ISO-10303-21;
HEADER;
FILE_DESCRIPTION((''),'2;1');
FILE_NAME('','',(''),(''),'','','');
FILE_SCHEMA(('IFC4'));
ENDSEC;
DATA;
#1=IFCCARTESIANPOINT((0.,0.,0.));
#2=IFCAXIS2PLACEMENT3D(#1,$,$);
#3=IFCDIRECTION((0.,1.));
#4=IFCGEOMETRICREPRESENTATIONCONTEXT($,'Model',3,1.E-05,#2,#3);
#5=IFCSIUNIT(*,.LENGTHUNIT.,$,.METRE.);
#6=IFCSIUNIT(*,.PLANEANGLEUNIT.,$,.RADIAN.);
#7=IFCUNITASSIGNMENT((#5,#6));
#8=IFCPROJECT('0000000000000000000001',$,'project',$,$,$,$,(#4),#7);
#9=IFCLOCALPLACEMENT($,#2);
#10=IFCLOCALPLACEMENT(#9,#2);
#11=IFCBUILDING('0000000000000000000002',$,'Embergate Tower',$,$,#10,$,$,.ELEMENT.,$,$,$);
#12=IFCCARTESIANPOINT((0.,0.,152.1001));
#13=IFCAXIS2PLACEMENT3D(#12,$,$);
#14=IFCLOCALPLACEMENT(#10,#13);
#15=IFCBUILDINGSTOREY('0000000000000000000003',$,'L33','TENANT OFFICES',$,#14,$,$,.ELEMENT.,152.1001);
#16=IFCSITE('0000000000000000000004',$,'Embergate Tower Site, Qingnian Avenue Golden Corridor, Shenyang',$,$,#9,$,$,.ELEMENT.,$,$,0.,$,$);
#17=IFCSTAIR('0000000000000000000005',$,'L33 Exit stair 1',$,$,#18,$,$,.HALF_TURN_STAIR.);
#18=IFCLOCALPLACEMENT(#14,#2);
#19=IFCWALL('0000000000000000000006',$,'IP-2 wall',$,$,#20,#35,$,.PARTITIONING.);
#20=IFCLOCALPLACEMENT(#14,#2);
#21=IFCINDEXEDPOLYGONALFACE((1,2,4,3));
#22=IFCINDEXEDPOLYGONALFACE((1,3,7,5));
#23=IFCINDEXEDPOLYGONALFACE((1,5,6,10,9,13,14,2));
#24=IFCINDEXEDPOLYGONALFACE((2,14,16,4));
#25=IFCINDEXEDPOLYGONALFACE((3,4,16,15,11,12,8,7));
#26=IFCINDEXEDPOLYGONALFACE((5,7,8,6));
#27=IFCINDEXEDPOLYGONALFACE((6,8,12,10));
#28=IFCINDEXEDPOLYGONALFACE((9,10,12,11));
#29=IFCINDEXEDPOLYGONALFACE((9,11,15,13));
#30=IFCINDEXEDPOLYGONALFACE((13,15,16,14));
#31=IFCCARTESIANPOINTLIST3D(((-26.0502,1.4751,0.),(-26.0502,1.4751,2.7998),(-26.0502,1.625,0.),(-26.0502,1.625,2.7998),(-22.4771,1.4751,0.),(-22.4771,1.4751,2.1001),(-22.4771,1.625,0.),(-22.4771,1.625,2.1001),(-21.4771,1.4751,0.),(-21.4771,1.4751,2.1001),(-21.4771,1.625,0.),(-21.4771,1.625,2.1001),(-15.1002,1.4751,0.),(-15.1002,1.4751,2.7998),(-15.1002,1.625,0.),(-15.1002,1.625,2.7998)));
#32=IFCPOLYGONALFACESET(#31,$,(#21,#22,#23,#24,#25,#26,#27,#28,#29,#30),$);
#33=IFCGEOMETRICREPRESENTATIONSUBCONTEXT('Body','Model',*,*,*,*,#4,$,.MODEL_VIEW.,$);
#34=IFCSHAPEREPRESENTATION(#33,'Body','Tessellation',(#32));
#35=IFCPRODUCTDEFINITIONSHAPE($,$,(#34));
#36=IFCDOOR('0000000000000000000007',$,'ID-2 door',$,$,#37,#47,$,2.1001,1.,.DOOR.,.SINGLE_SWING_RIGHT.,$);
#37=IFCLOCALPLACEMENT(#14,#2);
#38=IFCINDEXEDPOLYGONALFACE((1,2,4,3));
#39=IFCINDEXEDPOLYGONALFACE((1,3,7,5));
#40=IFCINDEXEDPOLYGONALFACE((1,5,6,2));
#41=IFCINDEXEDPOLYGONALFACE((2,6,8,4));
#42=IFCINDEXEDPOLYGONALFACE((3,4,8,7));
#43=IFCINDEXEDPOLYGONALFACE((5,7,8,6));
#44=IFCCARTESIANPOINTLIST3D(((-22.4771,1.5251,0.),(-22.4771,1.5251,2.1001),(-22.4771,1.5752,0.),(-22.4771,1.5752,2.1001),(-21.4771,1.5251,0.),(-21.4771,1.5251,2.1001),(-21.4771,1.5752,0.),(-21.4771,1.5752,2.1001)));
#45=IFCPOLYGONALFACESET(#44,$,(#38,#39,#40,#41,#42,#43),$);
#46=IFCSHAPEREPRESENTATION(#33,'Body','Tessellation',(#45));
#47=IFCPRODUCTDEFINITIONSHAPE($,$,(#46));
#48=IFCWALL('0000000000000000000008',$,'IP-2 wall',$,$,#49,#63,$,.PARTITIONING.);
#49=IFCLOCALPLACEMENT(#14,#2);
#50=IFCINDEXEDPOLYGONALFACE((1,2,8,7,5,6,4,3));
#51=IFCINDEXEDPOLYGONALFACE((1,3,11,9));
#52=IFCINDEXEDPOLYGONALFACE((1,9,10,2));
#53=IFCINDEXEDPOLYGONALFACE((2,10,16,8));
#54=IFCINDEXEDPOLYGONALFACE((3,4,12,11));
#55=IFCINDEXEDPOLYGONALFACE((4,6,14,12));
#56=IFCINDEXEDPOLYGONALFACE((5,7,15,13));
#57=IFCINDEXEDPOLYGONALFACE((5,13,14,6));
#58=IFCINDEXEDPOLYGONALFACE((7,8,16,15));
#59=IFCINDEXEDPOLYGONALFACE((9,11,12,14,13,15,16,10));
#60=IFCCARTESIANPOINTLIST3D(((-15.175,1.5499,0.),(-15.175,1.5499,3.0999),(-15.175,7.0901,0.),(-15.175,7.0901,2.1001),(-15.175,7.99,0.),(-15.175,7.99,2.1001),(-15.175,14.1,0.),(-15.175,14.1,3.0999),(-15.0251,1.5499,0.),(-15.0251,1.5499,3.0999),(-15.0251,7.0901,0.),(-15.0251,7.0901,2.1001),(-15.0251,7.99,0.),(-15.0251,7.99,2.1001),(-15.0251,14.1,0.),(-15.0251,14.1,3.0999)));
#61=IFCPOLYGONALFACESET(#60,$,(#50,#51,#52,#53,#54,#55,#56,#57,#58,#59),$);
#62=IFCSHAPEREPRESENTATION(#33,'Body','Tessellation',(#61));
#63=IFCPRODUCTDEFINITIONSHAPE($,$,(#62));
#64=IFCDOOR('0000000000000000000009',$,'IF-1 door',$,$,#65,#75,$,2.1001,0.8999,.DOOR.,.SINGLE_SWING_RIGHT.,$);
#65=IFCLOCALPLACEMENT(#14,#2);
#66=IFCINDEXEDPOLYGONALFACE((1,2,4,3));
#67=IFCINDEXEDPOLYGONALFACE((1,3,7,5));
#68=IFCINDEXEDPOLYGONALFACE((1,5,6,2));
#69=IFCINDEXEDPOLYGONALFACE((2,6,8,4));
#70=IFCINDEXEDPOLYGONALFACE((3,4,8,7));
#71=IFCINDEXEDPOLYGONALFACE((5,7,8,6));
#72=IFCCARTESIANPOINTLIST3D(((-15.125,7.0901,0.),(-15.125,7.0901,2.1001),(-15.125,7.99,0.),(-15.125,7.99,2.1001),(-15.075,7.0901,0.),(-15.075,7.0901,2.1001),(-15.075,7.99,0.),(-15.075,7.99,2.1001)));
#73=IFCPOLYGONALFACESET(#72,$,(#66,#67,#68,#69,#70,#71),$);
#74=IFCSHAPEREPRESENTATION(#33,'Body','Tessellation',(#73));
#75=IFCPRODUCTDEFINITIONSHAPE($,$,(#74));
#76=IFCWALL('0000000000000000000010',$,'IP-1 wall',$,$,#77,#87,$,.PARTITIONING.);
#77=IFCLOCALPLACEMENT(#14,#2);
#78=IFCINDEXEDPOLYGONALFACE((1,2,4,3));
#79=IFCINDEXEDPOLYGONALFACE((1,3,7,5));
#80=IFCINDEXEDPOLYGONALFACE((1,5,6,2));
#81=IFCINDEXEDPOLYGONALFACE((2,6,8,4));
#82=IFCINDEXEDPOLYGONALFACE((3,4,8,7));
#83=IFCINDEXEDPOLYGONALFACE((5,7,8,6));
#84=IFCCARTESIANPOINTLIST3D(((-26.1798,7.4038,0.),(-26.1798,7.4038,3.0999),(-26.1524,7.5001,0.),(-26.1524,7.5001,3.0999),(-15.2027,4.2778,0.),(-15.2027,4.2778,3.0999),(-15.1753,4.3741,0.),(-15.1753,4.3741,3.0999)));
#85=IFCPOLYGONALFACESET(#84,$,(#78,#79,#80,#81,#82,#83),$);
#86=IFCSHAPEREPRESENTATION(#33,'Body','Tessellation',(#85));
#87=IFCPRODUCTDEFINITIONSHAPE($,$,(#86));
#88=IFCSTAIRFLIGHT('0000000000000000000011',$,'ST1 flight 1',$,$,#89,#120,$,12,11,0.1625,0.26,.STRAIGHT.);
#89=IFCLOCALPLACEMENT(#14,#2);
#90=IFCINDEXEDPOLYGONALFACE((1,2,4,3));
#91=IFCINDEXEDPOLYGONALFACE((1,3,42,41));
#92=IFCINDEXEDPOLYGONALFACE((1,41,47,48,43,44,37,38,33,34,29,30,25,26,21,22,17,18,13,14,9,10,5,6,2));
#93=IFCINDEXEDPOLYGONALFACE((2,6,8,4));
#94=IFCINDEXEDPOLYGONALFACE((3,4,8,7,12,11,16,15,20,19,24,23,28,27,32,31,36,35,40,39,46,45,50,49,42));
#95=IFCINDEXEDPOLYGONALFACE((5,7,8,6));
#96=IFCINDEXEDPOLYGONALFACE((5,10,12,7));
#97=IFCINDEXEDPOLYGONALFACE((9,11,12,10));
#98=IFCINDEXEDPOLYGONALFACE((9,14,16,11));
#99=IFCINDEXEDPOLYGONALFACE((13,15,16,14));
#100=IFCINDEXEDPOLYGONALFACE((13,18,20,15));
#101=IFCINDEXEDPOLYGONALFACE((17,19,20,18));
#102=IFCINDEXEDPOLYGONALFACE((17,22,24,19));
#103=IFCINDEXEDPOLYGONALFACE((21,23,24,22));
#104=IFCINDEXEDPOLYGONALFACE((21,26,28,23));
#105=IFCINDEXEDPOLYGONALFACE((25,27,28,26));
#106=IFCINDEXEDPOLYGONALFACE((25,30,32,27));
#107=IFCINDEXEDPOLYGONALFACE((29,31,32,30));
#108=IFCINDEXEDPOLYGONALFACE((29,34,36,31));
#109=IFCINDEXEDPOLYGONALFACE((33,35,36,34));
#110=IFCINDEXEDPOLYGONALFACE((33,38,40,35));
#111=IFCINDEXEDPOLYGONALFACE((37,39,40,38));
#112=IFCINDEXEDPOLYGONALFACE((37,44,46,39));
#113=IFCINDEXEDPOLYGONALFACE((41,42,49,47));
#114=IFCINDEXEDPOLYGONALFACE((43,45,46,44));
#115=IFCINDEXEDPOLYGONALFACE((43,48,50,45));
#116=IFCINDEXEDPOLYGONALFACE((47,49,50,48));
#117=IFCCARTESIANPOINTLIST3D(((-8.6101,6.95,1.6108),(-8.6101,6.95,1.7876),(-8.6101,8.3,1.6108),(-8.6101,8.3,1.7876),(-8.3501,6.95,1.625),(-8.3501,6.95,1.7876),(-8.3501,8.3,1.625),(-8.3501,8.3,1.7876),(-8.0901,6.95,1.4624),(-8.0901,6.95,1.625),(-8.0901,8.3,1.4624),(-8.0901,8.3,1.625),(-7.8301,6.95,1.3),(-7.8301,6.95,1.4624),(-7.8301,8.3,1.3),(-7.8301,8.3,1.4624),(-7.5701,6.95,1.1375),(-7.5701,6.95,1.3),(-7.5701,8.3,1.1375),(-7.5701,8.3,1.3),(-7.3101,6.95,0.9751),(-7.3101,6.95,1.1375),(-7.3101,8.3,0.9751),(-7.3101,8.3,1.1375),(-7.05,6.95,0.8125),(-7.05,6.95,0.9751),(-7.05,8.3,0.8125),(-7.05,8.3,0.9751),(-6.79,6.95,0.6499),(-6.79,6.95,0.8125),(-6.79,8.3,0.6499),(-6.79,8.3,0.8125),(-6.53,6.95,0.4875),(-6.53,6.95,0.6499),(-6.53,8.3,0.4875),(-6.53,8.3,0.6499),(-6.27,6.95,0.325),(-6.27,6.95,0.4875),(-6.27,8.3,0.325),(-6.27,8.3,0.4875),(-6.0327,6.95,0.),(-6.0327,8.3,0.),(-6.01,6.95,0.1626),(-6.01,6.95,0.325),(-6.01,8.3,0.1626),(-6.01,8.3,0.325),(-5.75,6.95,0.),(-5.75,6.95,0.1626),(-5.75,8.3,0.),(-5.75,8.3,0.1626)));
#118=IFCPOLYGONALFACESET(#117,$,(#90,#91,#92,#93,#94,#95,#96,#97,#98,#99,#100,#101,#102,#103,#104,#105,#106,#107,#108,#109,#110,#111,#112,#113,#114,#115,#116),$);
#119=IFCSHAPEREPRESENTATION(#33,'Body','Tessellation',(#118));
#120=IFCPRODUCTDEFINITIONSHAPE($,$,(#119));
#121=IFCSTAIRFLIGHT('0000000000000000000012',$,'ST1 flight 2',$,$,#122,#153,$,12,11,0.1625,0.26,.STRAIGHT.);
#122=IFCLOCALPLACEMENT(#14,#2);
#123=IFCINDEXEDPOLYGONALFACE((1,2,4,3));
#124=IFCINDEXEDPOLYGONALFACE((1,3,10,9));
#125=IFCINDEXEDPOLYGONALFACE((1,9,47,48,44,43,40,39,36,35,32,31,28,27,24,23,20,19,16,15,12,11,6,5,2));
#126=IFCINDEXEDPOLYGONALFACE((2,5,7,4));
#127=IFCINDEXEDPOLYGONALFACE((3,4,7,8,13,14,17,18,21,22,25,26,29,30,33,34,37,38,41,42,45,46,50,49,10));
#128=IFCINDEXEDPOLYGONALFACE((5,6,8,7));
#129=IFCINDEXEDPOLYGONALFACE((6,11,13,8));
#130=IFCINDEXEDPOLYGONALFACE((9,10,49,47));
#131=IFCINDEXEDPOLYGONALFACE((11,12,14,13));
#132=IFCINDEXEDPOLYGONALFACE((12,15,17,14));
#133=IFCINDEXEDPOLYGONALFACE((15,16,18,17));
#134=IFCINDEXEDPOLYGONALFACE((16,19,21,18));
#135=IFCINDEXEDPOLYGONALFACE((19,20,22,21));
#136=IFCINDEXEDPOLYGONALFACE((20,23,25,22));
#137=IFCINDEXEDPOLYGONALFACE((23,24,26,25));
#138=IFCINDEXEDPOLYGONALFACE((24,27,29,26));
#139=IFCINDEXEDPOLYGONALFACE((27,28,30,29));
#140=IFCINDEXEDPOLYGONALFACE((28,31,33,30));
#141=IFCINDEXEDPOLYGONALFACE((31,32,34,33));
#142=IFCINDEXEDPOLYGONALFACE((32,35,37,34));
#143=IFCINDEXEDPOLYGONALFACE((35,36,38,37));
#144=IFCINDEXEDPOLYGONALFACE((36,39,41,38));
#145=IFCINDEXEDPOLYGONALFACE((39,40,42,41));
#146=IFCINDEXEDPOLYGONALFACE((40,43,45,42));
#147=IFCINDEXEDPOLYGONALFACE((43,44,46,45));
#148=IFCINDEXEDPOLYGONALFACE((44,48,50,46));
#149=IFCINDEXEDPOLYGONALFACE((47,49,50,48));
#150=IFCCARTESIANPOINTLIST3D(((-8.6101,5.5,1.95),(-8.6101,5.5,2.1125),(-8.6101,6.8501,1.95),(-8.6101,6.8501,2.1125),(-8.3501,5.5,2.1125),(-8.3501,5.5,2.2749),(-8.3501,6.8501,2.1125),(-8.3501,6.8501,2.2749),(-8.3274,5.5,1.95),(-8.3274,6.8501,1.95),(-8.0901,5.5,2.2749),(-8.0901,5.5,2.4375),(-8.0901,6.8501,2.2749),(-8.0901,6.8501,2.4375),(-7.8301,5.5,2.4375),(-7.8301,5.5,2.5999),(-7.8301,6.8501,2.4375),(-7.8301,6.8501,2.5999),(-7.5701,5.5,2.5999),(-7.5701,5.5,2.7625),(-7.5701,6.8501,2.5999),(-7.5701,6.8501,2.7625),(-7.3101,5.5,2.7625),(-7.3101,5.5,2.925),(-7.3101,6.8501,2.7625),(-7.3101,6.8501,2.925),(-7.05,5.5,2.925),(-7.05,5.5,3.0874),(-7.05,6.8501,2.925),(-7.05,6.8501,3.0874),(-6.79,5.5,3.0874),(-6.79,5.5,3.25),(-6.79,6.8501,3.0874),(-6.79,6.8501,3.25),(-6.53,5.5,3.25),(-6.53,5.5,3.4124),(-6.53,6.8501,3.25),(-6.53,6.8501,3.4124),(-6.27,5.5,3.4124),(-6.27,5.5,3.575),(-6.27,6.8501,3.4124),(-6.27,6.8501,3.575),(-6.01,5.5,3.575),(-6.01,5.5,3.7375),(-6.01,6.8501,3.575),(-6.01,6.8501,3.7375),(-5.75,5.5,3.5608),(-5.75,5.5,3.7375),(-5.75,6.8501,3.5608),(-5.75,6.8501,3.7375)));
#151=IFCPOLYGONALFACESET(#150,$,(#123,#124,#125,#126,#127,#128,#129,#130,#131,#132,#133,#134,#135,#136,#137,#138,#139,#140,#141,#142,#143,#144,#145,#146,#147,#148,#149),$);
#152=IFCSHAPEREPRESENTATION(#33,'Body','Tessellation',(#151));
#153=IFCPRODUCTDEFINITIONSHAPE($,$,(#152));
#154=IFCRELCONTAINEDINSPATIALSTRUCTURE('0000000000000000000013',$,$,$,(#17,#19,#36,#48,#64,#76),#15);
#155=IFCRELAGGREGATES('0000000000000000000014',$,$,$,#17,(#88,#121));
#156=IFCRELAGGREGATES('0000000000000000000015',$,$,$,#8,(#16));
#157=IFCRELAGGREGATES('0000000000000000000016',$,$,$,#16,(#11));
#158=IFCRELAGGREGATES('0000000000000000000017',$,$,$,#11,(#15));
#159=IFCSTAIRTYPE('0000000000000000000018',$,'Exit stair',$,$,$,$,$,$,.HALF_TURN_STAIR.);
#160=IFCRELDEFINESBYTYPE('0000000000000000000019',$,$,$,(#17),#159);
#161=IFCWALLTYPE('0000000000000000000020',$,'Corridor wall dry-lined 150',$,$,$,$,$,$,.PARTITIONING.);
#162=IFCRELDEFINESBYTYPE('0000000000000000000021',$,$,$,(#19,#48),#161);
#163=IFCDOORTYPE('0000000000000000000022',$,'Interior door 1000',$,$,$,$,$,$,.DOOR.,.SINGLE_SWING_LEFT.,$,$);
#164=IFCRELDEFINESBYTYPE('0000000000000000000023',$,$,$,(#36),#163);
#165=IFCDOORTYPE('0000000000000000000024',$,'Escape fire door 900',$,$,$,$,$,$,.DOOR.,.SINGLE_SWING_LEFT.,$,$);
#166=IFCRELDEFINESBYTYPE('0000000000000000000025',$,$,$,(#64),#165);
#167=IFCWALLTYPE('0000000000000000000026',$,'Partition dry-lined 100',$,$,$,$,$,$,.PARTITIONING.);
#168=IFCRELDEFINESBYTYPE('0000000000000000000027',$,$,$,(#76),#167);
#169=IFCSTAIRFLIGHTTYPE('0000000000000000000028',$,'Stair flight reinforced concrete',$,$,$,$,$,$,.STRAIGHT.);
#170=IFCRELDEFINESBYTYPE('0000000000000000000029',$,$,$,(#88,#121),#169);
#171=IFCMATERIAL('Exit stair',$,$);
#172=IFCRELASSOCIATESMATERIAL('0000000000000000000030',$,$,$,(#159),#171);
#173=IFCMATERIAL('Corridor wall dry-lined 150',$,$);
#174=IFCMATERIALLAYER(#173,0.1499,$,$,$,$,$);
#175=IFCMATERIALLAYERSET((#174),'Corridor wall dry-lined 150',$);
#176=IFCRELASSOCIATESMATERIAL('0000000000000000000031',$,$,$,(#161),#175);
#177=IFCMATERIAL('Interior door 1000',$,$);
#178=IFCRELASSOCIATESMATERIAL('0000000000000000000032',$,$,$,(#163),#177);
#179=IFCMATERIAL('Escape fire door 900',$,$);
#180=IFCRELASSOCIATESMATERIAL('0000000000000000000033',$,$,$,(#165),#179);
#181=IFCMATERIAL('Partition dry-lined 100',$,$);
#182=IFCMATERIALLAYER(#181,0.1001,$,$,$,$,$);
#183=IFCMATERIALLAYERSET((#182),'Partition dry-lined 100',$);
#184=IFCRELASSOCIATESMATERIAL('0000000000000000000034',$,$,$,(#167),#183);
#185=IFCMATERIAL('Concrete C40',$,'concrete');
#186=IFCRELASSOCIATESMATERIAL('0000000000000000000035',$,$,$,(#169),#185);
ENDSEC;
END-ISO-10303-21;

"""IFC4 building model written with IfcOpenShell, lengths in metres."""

from ifc_helpers import new_model, si_unit, direction, frame, frame_2d, origin, place, context, subcontext, project, spatial, polyline, rectangle, outline, extrude, source, transform, mapped, material, layer, layer_set, type_object, element, fill, aggregate, save


model = new_model("IFC4")

# Units and contexts
model_context = context("Model", 3, precision=1e-05, world=origin(), true_north=direction((0.0, 1.0)))
body_context = subcontext(model_context, "Body", "Model", "MODEL_VIEW")
ifc_project = project(units=[si_unit("LENGTHUNIT", "METRE"), si_unit("PLANEANGLEUNIT", "RADIAN")], contexts=[model_context])

# Site, building, storey
site_placement = place(None, origin())
site = spatial("IfcSite", under=ifc_project, at=site_placement, Name="Embergate Tower Site, Qingnian Avenue Golden Corridor, Shenyang", CompositionType="ELEMENT", RefElevation=0.0)
building_placement = place(site_placement, origin())
building = spatial("IfcBuilding", under=site, at=building_placement, Name="Embergate Tower", CompositionType="ELEMENT")
storey_placement = place(building_placement, frame((0.0, 0.0, 152.1001)))
storey = spatial("IfcBuildingStorey", under=building, at=storey_placement, Name="L33", Description="TENANT OFFICES", CompositionType="ELEMENT", Elevation=152.1001)

# Stair
ifc_material_1 = material(Name="Exit stair")
stair_type = type_object("IfcStairType", Name="Exit stair", PredefinedType="HALF_TURN_STAIR", material=ifc_material_1)
stair_placement = place(storey_placement, origin())
stair = element("IfcStair", 1, at=stair_placement, inside=storey, type_object=stair_type, Name="L33 Exit stair 1", PredefinedType="HALF_TURN_STAIR")
ifc_material_2 = material(Name="Concrete C40", Category="concrete")

# Shared definitions
shared_shape_1 = source(origin(), body_context, "Body", "SweptSolid", [
    extrude(rectangle(XDim=0.8999, YDim=2.1001, at=frame_2d((0.45, 1.05))), frame((0.0, 0.0249, 0.0), z_axis=(0.0, -1.0, 0.0), x_axis=(1.0, 0.0, 0.0)), (0.0, 0.0, 1.0), 0.05),
])

# Walls, openings, doors
ifc_material_3 = material(Name="Corridor wall dry-lined 150")
ifc_layer_1 = layer(ifc_material_3, 0.1499)
ifc_layer_set_1 = layer_set([ifc_layer_1], Name="Corridor wall dry-lined 150")
wall_type_1 = type_object("IfcWallType", Name="Corridor wall dry-lined 150", PredefinedType="PARTITIONING", material=ifc_layer_set_1)
shared_shape_2 = source(origin(), body_context, "Body", "SweptSolid", [
    extrude(rectangle(XDim=10.95, YDim=0.1499, at=frame_2d((5.4751, 0.0))), origin(), (0.0, 0.0, 1.0), 2.7998),
])
wall_1_placement = place(storey_placement, frame((-15.1001, 1.55, 0.0), z_axis=(0.0, 0.0, 1.0), x_axis=(-1.0, 0.0, 0.0)))
wall_1 = element("IfcWall", 2, at=wall_1_placement, inside=storey, type_object=wall_type_1, Name="IP-2 wall", PredefinedType="PARTITIONING", context=body_context, shape_type="MappedRepresentation", body=[
    mapped(shared_shape_2, transform((0.0, 0.0, 0.0))),
])
shared_shape_3 = source(origin(), body_context, "Body", "SweptSolid", [
    extrude(rectangle(XDim=1.0, YDim=2.1001, at=frame_2d((0.5, 1.05))), frame((0.0, 0.085, 0.0), z_axis=(0.0, -1.0, 0.0), x_axis=(1.0, 0.0, 0.0)), (0.0, 0.0, 1.0), 0.1699),
])
opening_1_placement = place(wall_1_placement, frame((6.377, 0.0, 0.0)))
opening_1 = element("IfcOpeningElement", 3, at=opening_1_placement, cuts=wall_1, PredefinedType="OPENING", context=body_context, shape_type="MappedRepresentation", body=[
    mapped(shared_shape_3, transform((0.0, 0.0, 0.0))),
])
ifc_material_4 = material(Name="Interior door 1000")
door_type_1 = type_object("IfcDoorType", Name="Interior door 1000", OperationType="SINGLE_SWING_LEFT", PredefinedType="DOOR", material=ifc_material_4)
shared_shape_4 = source(origin(), body_context, "Body", "SweptSolid", [
    extrude(rectangle(XDim=1.0, YDim=2.1001, at=frame_2d((0.5, 1.05))), frame((0.0, 0.0249, 0.0), z_axis=(0.0, -1.0, 0.0), x_axis=(1.0, 0.0, 0.0)), (0.0, 0.0, 1.0), 0.05),
])
door_1_placement = place(opening_1_placement, origin())
door_1 = element("IfcDoor", 4, at=door_1_placement, inside=storey, type_object=door_type_1, Name="ID-2 door", OperationType="SINGLE_SWING_RIGHT", OverallHeight=2.1001, OverallWidth=1.0, PredefinedType="DOOR", context=body_context, shape_type="MappedRepresentation", body=[
    mapped(shared_shape_4, transform((0.0, 0.0, 0.0))),
])
fill(opening_1, door_1)
shared_shape_5 = source(origin(), body_context, "Body", "SweptSolid", [
    extrude(rectangle(XDim=12.55, YDim=0.1499, at=frame_2d((6.2749, 0.0))), origin(), (0.0, 0.0, 1.0), 3.0999),
])
wall_2_placement = place(storey_placement, frame((-15.1001, 1.55, 0.0), z_axis=(0.0, 0.0, 1.0), x_axis=(0.0, 1.0, 0.0)))
wall_2 = element("IfcWall", 5, at=wall_2_placement, inside=storey, type_object=wall_type_1, Name="IP-2 wall", PredefinedType="PARTITIONING", context=body_context, shape_type="MappedRepresentation", body=[
    mapped(shared_shape_5, transform((0.0, 0.0, 0.0))),
])
shared_shape_6 = source(origin(), body_context, "Body", "SweptSolid", [
    extrude(rectangle(XDim=0.8999, YDim=2.1001, at=frame_2d((0.45, 1.05))), frame((0.0, 0.085, 0.0), z_axis=(0.0, -1.0, 0.0), x_axis=(1.0, 0.0, 0.0)), (0.0, 0.0, 1.0), 0.1699),
])
opening_2_placement = place(wall_2_placement, frame((5.54, 0.0, 0.0)))
opening_2 = element("IfcOpeningElement", 6, at=opening_2_placement, cuts=wall_2, PredefinedType="OPENING", context=body_context, shape_type="MappedRepresentation", body=[
    mapped(shared_shape_6, transform((0.0, 0.0, 0.0))),
])
ifc_material_5 = material(Name="Escape fire door 900")
door_type_2 = type_object("IfcDoorType", Name="Escape fire door 900", OperationType="SINGLE_SWING_LEFT", PredefinedType="DOOR", material=ifc_material_5)
door_2_placement = place(opening_2_placement, origin())
door_2 = element("IfcDoor", 7, at=door_2_placement, inside=storey, type_object=door_type_2, Name="IF-1 door", OperationType="SINGLE_SWING_RIGHT", OverallHeight=2.1001, OverallWidth=0.8999, PredefinedType="DOOR", context=body_context, shape_type="MappedRepresentation", body=[
    mapped(shared_shape_1, transform((0.0, 0.0, 0.0))),
])
fill(opening_2, door_2)

# Wall
ifc_material_6 = material(Name="Partition dry-lined 100")
ifc_layer_2 = layer(ifc_material_6, 0.1001)
ifc_layer_set_2 = layer_set([ifc_layer_2], Name="Partition dry-lined 100")
wall_type_2 = type_object("IfcWallType", Name="Partition dry-lined 100", PredefinedType="PARTITIONING", material=ifc_layer_set_2)
shared_shape_7 = source(origin(), body_context, "Body", "SweptSolid", [
    extrude(rectangle(XDim=11.4136, YDim=0.1001, at=frame_2d((5.7068, 0.0))), origin(), (0.0, 0.0, 1.0), 3.0999),
])
wall_3_placement = place(storey_placement, frame((-15.189, 4.3259, 0.0), z_axis=(0.0, 0.0, 1.0), x_axis=(-0.961763, 0.273885, 0.0)))
element("IfcWall", 8, at=wall_3_placement, inside=storey, type_object=wall_type_2, Name="IP-1 wall", PredefinedType="PARTITIONING", context=body_context, shape_type="MappedRepresentation", body=[
    mapped(shared_shape_7, transform((0.0, 0.0, 0.0))),
])

# Stair flights
stair_flight_type = type_object("IfcStairFlightType", Name="Stair flight reinforced concrete", PredefinedType="STRAIGHT", material=ifc_material_2)
shared_shape_8 = source(origin(), body_context, "Body", "SweptSolid", [
    extrude(outline(polyline([(0.0, 0.0), (0.0, 0.1626), (0.26, 0.1626), (0.26, 0.325), (0.52, 0.325), (0.52, 0.4875), (0.78, 0.4875), (0.78, 0.6499), (1.04, 0.6499), (1.04, 0.8125), (1.3, 0.8125), (1.3, 0.9751), (1.5601, 0.9751), (1.5601, 1.1375), (1.8201, 1.1375), (1.8201, 1.3), (2.0801, 1.3), (2.0801, 1.4624), (2.3401, 1.4624), (2.3401, 1.625), (2.6001, 1.625), (2.6001, 1.7876), (2.8601, 1.7876), (2.8601, 1.95), (2.8601, 1.6108), (0.2827, 0.0), (0.0, 0.0)])), frame((0.0, 0.675, 0.0), z_axis=(0.0, -1.0, 0.0), x_axis=(1.0, 0.0, 0.0)), (0.0, 0.0, 1.0), 1.3501),
])
stair_flight_1_placement = place(storey_placement, frame((-5.75, 7.625, 0.0), z_axis=(0.0, 0.0, 1.0), x_axis=(-1.0, 0.0, 0.0)))
stair_flight_1 = element("IfcStairFlight", 9, at=stair_flight_1_placement, type_object=stair_flight_type, Name="ST1 flight 1", NumberOfRisers=12, NumberOfTreads=11, PredefinedType="STRAIGHT", RiserHeight=0.1625, TreadLength=0.26, context=body_context, shape_type="MappedRepresentation", body=[
    mapped(shared_shape_8, transform((0.0, 0.0, 0.0))),
])
stair_flight_2_placement = place(storey_placement, frame((-8.6101, 6.175, 1.95), z_axis=(0.0, 0.0, 1.0), x_axis=(1.0, 0.0, 0.0)))
stair_flight_2 = element("IfcStairFlight", 10, at=stair_flight_2_placement, type_object=stair_flight_type, Name="ST1 flight 2", NumberOfRisers=12, NumberOfTreads=11, PredefinedType="STRAIGHT", RiserHeight=0.1625, TreadLength=0.26, context=body_context, shape_type="MappedRepresentation", body=[
    mapped(shared_shape_8, transform((0.0, 0.0, 0.0))),
])
aggregate(stair, [stair_flight_1, stair_flight_2])

save(model, "model.ifc")
